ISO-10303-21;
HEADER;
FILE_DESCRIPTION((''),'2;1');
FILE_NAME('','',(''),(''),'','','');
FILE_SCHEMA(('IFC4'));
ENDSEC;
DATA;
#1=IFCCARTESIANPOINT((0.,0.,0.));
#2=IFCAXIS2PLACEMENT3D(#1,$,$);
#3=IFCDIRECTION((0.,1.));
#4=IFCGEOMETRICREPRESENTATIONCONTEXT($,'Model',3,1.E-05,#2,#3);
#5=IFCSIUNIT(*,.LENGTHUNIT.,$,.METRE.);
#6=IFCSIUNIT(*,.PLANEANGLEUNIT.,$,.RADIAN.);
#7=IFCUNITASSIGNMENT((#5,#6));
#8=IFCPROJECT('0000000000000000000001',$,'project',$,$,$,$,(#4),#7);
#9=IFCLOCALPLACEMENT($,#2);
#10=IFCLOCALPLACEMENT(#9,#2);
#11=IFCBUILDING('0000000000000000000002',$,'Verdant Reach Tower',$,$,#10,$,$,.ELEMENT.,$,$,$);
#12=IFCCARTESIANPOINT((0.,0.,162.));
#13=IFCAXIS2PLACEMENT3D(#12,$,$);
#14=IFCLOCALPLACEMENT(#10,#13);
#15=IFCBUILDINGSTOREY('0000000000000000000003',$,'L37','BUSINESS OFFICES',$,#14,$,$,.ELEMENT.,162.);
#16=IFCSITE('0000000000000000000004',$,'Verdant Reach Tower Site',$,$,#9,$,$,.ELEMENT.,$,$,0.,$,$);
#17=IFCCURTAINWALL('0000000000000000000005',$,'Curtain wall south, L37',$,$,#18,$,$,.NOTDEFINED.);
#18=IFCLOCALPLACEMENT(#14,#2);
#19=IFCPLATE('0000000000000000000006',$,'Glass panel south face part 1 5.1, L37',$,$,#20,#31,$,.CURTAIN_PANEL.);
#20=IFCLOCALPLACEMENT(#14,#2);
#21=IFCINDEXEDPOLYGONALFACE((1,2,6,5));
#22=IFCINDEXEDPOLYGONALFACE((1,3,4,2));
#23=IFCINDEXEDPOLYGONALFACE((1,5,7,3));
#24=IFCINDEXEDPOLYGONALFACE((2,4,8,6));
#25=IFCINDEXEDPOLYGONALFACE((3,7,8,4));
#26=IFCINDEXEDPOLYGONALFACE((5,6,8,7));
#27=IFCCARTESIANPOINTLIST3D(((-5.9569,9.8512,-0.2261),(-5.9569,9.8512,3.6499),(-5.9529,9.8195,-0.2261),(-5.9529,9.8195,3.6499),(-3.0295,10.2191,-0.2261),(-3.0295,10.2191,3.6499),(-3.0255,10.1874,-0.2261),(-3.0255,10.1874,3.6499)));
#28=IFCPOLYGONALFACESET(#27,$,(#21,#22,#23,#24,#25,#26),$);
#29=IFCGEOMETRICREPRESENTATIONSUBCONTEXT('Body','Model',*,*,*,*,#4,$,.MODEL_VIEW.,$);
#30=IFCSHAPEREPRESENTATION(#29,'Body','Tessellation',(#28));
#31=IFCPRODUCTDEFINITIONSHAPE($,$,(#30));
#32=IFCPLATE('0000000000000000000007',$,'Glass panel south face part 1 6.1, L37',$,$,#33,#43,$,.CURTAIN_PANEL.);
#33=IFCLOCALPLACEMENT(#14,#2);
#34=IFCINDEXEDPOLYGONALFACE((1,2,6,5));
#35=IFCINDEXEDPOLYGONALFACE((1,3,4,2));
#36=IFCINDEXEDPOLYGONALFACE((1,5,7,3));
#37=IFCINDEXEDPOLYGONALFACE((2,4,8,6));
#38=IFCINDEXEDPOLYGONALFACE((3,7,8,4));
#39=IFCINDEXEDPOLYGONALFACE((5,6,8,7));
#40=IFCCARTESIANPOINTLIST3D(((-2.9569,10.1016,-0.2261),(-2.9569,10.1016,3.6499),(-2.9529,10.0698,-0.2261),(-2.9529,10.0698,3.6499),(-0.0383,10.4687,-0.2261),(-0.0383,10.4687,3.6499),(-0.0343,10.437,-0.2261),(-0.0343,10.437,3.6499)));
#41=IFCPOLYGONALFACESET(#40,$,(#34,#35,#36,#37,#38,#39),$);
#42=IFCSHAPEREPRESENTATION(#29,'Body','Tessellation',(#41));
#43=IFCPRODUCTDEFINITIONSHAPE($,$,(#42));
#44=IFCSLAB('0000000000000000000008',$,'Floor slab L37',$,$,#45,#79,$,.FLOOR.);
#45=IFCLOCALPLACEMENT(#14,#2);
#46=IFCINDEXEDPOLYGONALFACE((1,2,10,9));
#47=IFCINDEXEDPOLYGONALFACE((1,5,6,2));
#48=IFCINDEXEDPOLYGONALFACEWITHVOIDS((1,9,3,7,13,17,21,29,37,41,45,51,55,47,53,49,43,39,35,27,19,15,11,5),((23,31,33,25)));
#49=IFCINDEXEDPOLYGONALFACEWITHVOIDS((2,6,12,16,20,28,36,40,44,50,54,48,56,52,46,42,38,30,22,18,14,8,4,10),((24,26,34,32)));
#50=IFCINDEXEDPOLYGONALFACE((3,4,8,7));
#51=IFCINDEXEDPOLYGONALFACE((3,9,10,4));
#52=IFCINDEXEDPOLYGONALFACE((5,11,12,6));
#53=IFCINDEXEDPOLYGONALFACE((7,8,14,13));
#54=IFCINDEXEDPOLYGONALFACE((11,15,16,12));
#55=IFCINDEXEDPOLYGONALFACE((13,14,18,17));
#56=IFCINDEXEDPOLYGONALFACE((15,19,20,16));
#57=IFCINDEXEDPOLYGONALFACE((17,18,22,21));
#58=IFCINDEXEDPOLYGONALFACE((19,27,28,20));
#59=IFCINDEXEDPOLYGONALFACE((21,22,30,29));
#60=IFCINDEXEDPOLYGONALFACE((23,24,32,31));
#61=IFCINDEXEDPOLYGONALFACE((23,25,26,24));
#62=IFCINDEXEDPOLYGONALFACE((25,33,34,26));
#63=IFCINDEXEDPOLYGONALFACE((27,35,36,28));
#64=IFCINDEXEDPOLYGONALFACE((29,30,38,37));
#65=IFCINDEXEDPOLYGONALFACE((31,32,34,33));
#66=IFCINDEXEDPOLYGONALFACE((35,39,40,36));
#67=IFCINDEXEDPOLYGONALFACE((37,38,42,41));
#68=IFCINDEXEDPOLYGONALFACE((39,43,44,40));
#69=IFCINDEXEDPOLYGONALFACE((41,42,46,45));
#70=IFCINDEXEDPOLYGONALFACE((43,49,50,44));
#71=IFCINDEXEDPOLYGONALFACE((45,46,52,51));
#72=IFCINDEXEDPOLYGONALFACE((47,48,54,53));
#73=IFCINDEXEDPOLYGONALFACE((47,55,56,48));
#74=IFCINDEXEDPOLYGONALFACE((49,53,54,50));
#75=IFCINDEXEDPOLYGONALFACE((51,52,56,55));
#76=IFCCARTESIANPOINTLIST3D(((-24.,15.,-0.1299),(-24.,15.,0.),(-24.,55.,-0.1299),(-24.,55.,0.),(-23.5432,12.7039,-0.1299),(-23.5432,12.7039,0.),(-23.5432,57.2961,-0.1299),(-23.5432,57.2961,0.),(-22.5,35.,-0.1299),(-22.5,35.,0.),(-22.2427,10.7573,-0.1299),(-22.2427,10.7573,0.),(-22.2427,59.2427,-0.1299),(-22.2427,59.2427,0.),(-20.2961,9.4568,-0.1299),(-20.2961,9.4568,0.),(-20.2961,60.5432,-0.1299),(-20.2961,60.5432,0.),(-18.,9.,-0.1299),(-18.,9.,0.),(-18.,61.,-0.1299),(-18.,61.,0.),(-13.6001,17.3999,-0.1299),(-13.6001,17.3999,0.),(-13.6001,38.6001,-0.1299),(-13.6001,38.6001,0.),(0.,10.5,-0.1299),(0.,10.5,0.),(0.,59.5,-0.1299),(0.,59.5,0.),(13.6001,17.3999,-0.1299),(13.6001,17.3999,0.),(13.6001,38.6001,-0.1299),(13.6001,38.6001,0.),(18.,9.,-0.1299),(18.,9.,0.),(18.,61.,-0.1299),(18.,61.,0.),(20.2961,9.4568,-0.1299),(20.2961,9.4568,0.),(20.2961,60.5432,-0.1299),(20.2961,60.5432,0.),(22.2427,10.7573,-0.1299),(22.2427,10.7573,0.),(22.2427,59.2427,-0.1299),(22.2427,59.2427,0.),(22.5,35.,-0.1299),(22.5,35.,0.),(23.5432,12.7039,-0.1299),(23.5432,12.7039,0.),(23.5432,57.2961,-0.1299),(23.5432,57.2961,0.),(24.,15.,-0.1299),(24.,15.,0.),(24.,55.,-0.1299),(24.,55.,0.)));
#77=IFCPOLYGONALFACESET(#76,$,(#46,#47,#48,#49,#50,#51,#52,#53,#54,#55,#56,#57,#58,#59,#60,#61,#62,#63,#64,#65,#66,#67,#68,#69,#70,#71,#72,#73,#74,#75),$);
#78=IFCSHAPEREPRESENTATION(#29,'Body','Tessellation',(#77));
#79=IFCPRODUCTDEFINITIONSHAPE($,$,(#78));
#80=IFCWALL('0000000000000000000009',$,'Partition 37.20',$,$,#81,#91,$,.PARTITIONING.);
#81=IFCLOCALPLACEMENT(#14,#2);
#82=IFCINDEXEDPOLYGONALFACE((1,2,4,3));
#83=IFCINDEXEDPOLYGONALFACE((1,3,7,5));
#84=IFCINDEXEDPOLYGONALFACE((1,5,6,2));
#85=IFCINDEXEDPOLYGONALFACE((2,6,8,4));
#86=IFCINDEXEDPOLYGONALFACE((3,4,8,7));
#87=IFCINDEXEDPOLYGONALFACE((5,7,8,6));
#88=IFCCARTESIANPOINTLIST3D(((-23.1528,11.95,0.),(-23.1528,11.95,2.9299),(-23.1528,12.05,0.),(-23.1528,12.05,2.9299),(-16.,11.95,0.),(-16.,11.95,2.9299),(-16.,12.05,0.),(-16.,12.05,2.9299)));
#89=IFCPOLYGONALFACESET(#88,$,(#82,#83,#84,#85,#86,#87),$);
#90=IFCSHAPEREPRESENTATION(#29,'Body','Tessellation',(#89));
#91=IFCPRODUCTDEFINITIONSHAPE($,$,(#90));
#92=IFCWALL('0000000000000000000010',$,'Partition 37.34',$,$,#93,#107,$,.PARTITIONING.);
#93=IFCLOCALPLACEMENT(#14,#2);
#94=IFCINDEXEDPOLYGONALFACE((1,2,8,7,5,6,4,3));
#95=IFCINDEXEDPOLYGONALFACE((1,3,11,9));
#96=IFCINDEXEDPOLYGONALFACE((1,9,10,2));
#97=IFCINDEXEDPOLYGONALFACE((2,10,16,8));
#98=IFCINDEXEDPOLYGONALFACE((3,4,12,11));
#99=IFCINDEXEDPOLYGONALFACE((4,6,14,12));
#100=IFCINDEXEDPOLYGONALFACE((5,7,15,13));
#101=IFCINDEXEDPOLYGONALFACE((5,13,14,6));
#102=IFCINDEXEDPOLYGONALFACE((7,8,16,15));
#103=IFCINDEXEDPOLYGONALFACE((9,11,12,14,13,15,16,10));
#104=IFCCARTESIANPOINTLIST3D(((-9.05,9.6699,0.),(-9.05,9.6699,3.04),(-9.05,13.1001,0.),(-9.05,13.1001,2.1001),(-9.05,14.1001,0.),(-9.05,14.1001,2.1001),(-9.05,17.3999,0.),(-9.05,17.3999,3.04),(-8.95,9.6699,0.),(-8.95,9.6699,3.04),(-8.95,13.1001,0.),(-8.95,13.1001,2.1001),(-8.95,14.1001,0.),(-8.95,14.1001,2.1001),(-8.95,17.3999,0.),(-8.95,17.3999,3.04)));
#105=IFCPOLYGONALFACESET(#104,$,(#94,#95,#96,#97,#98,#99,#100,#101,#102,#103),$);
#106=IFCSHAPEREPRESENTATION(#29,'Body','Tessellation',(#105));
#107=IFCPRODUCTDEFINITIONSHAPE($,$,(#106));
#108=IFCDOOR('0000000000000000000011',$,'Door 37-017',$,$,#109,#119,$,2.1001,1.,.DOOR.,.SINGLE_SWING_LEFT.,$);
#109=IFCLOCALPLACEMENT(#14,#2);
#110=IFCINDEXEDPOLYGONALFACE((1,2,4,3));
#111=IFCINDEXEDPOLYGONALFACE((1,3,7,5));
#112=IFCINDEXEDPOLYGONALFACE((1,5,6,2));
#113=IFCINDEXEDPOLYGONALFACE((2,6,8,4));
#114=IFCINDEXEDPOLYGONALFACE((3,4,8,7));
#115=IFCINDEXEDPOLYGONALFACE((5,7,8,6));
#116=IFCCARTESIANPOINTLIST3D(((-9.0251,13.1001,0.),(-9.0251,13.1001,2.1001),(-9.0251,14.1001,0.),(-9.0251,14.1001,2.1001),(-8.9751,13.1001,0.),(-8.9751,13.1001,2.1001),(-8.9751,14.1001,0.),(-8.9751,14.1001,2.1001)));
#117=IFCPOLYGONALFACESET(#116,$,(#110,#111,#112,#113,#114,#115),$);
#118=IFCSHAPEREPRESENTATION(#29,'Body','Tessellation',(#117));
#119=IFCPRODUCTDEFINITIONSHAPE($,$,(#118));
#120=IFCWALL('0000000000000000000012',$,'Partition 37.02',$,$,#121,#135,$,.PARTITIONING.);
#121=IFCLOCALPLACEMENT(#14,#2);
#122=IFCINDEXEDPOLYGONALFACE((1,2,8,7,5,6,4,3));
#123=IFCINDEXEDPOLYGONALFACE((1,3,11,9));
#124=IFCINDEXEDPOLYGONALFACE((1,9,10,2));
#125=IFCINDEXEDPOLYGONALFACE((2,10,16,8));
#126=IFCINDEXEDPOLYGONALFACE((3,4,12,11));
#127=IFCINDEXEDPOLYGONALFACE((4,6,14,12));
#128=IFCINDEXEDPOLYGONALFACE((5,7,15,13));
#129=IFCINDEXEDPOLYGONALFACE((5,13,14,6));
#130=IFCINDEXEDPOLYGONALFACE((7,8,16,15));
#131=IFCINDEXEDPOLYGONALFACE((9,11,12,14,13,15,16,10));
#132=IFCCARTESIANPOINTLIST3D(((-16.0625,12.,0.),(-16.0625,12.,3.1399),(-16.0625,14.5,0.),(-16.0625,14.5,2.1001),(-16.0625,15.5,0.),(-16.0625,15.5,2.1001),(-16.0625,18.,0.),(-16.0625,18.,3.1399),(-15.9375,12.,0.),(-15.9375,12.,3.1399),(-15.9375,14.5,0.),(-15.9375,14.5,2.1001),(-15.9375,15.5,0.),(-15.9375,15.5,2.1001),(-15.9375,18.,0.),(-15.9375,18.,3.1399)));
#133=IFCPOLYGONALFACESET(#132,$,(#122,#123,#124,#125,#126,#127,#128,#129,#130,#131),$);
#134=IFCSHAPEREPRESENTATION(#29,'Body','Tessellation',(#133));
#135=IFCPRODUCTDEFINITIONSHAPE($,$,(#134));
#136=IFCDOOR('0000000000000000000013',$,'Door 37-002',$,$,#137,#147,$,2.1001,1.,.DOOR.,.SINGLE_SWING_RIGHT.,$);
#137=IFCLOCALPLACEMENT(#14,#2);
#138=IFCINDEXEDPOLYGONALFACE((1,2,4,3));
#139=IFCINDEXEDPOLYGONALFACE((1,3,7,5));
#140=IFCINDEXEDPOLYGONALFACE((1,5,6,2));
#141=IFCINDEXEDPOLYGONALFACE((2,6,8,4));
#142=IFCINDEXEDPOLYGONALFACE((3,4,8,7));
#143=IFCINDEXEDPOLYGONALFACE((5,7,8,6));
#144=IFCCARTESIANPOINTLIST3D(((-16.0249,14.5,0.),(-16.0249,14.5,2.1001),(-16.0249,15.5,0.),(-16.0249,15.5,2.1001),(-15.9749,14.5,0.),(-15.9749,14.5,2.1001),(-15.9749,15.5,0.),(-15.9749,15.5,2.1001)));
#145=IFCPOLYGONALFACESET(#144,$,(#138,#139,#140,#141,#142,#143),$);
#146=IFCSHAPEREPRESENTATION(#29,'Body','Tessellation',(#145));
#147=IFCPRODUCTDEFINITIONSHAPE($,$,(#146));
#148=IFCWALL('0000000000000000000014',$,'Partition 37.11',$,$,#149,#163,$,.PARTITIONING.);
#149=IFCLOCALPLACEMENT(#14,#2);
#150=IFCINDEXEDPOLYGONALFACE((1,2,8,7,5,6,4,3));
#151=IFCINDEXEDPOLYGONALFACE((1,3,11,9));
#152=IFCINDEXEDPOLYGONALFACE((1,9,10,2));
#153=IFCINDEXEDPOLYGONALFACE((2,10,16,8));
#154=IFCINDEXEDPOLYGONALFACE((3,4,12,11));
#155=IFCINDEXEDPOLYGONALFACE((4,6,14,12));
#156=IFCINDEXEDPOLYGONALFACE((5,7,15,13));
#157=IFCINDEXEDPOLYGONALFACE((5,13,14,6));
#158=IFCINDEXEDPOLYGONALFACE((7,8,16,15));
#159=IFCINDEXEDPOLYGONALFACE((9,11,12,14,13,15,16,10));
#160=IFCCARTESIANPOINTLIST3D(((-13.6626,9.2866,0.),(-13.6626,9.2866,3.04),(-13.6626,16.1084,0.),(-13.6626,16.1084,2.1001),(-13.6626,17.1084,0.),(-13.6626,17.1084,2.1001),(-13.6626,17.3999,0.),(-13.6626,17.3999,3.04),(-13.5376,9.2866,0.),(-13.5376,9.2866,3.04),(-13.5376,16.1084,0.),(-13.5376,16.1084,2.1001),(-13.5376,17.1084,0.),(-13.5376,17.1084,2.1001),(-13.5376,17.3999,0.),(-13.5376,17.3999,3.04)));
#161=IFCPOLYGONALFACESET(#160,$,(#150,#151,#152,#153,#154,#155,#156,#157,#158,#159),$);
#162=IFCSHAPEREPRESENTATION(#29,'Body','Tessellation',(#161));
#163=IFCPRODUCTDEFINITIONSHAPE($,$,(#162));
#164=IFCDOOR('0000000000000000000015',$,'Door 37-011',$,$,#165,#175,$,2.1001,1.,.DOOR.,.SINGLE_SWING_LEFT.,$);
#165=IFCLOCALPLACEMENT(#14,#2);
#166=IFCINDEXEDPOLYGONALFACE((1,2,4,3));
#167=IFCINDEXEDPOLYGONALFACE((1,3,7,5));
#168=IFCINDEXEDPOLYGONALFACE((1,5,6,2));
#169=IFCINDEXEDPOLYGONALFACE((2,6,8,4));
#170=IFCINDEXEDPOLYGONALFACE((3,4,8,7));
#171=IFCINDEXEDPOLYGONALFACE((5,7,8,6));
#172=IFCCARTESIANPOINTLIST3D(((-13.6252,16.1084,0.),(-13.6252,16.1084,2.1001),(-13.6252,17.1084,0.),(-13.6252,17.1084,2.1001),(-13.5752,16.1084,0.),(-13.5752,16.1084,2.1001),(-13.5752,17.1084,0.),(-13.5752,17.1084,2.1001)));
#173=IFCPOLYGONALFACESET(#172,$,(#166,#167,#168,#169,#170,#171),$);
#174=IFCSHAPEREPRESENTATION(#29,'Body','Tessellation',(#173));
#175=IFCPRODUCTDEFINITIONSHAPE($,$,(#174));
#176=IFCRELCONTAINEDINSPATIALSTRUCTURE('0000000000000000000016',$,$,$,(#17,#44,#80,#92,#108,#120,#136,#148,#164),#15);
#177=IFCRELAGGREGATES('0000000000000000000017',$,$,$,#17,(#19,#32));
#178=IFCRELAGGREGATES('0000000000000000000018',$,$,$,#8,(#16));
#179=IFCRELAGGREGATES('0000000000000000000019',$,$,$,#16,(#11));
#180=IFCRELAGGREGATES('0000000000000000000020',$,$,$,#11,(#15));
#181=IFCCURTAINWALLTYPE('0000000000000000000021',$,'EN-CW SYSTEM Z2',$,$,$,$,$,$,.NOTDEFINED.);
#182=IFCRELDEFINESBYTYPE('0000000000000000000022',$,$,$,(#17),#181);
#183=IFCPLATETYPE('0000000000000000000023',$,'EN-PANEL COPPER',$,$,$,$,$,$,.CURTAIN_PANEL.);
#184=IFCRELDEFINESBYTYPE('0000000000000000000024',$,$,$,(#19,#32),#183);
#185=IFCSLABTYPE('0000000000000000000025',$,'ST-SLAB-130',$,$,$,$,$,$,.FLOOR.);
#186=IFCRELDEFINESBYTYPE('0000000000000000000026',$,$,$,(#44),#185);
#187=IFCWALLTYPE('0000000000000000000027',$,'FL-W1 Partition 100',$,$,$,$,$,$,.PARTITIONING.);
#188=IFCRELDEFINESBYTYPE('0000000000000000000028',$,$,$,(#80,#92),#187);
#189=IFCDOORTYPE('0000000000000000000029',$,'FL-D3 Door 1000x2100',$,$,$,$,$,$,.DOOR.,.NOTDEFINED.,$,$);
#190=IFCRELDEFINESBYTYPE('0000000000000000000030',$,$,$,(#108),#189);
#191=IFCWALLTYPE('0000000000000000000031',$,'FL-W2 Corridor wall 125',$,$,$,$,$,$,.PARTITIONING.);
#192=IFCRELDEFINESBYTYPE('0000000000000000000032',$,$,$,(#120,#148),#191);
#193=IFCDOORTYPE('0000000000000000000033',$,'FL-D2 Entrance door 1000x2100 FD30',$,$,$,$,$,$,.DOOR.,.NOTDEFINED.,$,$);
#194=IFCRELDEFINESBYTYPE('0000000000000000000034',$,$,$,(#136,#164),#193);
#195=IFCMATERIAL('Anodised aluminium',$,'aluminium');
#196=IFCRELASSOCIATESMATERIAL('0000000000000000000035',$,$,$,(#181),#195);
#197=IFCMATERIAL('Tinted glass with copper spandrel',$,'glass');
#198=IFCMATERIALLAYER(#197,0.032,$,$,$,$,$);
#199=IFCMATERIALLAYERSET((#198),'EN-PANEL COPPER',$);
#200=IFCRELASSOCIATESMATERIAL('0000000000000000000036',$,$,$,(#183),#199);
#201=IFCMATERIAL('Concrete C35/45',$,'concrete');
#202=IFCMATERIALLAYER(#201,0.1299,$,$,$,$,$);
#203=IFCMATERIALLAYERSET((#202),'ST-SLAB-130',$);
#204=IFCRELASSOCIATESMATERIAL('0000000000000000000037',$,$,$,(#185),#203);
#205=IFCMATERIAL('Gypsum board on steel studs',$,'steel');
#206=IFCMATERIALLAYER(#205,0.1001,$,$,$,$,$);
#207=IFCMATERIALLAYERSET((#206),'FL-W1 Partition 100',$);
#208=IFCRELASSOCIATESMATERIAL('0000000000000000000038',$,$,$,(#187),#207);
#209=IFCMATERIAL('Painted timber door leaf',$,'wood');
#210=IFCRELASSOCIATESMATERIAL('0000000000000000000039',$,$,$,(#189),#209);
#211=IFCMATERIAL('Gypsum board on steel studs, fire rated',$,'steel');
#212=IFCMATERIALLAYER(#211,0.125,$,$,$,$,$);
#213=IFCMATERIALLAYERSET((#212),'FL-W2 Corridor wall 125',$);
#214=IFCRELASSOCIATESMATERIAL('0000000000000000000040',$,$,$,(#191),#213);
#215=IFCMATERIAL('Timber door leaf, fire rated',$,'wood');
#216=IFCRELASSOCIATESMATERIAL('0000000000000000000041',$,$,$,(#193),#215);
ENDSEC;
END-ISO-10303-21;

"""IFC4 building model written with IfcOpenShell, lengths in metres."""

from ifc_helpers import new_model, si_unit, direction, frame, frame_2d, origin, origin_2d, place, context, subcontext, project, spatial, polyline, rectangle, outline, extrude, material, layer, layer_set, type_object, element, fill, aggregate, save


model = new_model("IFC4")

# Units and contexts
model_context = context("Model", 3, precision=1e-05, world=origin(), true_north=direction((0.0, 1.0)))
body_context = subcontext(model_context, "Body", "Model", "MODEL_VIEW")
ifc_project = project(units=[si_unit("LENGTHUNIT", "METRE"), si_unit("PLANEANGLEUNIT", "RADIAN")], contexts=[model_context])

# Site, building, storey
site_placement = place(None, origin())
site = spatial("IfcSite", under=ifc_project, at=site_placement, Name="Verdant Reach Tower Site", CompositionType="ELEMENT", RefElevation=0.0)
building_placement = place(site_placement, origin())
building = spatial("IfcBuilding", under=site, at=building_placement, Name="Verdant Reach Tower", CompositionType="ELEMENT")
storey_placement = place(building_placement, frame((0.0, 0.0, 162.0)))
storey = spatial("IfcBuildingStorey", under=building, at=storey_placement, Name="L37", Description="BUSINESS OFFICES", CompositionType="ELEMENT", Elevation=162.0)

# Curtain wall
ifc_material_1 = material(Name="Anodised aluminium", Category="aluminium")
curtain_wall_type = type_object("IfcCurtainWallType", Name="EN-CW SYSTEM Z2", PredefinedType="NOTDEFINED", material=ifc_material_1)
curtain_wall_placement = place(storey_placement, origin())
curtain_wall = element("IfcCurtainWall", 1, at=curtain_wall_placement, inside=storey, type_object=curtain_wall_type, Name="Curtain wall south, L37", PredefinedType="NOTDEFINED")

# Plates
ifc_material_2 = material(Name="Tinted glass with copper spandrel", Category="glass")
ifc_layer_1 = layer(ifc_material_2, 0.032)
ifc_layer_set_1 = layer_set([ifc_layer_1], Name="EN-PANEL COPPER")
plate_type_1 = type_object("IfcPlateType", Name="EN-PANEL COPPER", PredefinedType="CURTAIN_PANEL", material=ifc_layer_set_1)
plate_1_placement = place(storey_placement, frame((-4.4912, 10.0193, -0.2261), z_axis=(0.0, 0.0, 1.0), x_axis=(0.992194, 0.124704, 0.0)))
plate_1 = element("IfcPlate", 2, at=plate_1_placement, type_object=plate_type_1, Name="Glass panel south face part 1 5.1, L37", PredefinedType="CURTAIN_PANEL", context=body_context, shape_type="SweptSolid", body=[
    extrude(rectangle(XDim=2.9504, YDim=0.032, at=origin_2d()), origin(), (0.0, 0.0, 1.0), 3.876),
])
plate_2_placement = place(storey_placement, frame((-1.4956, 10.2693, -0.2261), z_axis=(0.0, 0.0, 1.0), x_axis=(0.992179, 0.124825, 0.0)))
plate_2 = element("IfcPlate", 3, at=plate_2_placement, type_object=plate_type_1, Name="Glass panel south face part 1 6.1, L37", PredefinedType="CURTAIN_PANEL", context=body_context, shape_type="SweptSolid", body=[
    extrude(rectangle(XDim=2.9417, YDim=0.032, at=origin_2d()), origin(), (0.0, 0.0, 1.0), 3.876),
])
aggregate(curtain_wall, [plate_1, plate_2])

# Slab
ifc_material_3 = material(Name="Concrete C35/45", Category="concrete")
ifc_layer_2 = layer(ifc_material_3, 0.1299)
ifc_layer_set_2 = layer_set([ifc_layer_2], Name="ST-SLAB-130")
slab_type = type_object("IfcSlabType", Name="ST-SLAB-130", PredefinedType="FLOOR", material=ifc_layer_set_2)
slab_placement = place(storey_placement, frame((0.0, 0.0, -0.1299)))
element("IfcSlab", 4, at=slab_placement, inside=storey, type_object=slab_type, Name="Floor slab L37", PredefinedType="FLOOR", context=body_context, shape_type="SweptSolid", body=[
    extrude(outline(polyline([(0.0, 10.5), (-18.0, 9.0), (-20.2961, 9.4568), (-22.2427, 10.7573), (-23.5432, 12.7039), (-24.0, 15.0), (-22.5, 35.0), (-24.0, 55.0), (-23.5432, 57.2961), (-22.2427, 59.2427), (-20.2961, 60.5432), (-18.0, 61.0), (0.0, 59.5), (18.0, 61.0), (20.2961, 60.5432), (22.2427, 59.2427), (23.5432, 57.2961), (24.0, 55.0), (22.5, 35.0), (24.0, 15.0), (23.5432, 12.7039), (22.2427, 10.7573), (20.2961, 9.4568), (18.0, 9.0), (0.0, 10.5)]), holes=[polyline([(13.6001, 38.6001), (-13.6001, 38.6001), (-13.6001, 17.3999), (13.6001, 17.3999), (13.6001, 38.6001)])]), origin(), (0.0, 0.0, 1.0), 0.1299),
])

# Wall
ifc_material_4 = material(Name="Gypsum board on steel studs", Category="steel")
ifc_layer_3 = layer(ifc_material_4, 0.1001)
ifc_layer_set_3 = layer_set([ifc_layer_3], Name="FL-W1 Partition 100")
wall_type_1 = type_object("IfcWallType", Name="FL-W1 Partition 100", PredefinedType="PARTITIONING", material=ifc_layer_set_3)
wall_1_placement = place(storey_placement, frame((-16.0, 12.0, 0.0), z_axis=(0.0, 0.0, 1.0), x_axis=(-1.0, 0.0, 0.0)))
element("IfcWall", 5, at=wall_1_placement, inside=storey, type_object=wall_type_1, Name="Partition 37.20", PredefinedType="PARTITIONING", context=body_context, shape_type="SweptSolid", body=[
    extrude(rectangle(XDim=7.1528, YDim=0.1001, at=frame_2d((3.5764, 0.0))), origin(), (0.0, 0.0, 1.0), 2.9299),
])

# Walls, openings, doors
wall_2_placement = place(storey_placement, frame((-9.0, 17.3999, 0.0), z_axis=(0.0, 0.0, 1.0), x_axis=(0.0, -1.0, 0.0)))
wall_2 = element("IfcWall", 6, at=wall_2_placement, inside=storey, type_object=wall_type_1, Name="Partition 37.34", PredefinedType="PARTITIONING", context=body_context, shape_type="SweptSolid", body=[
    extrude(rectangle(XDim=7.73, YDim=0.1001, at=frame_2d((3.865, 0.0))), origin(), (0.0, 0.0, 1.0), 3.04),
])
opening_1_placement = place(wall_2_placement, frame((3.2998, 0.0, 0.0)))
opening_1 = element("IfcOpeningElement", 7, at=opening_1_placement, cuts=wall_2, PredefinedType="OPENING", context=body_context, shape_type="SweptSolid", body=[
    extrude(rectangle(XDim=1.0, YDim=2.1001, at=frame_2d((0.5, 1.05))), frame((0.0, 0.0601, 0.0), z_axis=(0.0, -1.0, 0.0), x_axis=(1.0, 0.0, 0.0)), (0.0, 0.0, 1.0), 0.1201),
])
ifc_material_5 = material(Name="Painted timber door leaf", Category="wood")
door_type_1 = type_object("IfcDoorType", Name="FL-D3 Door 1000x2100", OperationType="NOTDEFINED", PredefinedType="DOOR", material=ifc_material_5)
door_1_placement = place(opening_1_placement, origin())
door_1 = element("IfcDoor", 8, at=door_1_placement, inside=storey, type_object=door_type_1, Name="Door 37-017", OperationType="SINGLE_SWING_LEFT", OverallHeight=2.1001, OverallWidth=1.0, PredefinedType="DOOR", context=body_context, shape_type="SweptSolid", body=[
    extrude(rectangle(XDim=1.0, YDim=2.1001, at=frame_2d((0.5, 1.05))), frame((0.0, 0.0249, 0.0), z_axis=(0.0, -1.0, 0.0), x_axis=(1.0, 0.0, 0.0)), (0.0, 0.0, 1.0), 0.05),
])
fill(opening_1, door_1)
ifc_material_6 = material(Name="Gypsum board on steel studs, fire rated", Category="steel")
ifc_layer_4 = layer(ifc_material_6, 0.125)
ifc_layer_set_4 = layer_set([ifc_layer_4], Name="FL-W2 Corridor wall 125")
wall_type_2 = type_object("IfcWallType", Name="FL-W2 Corridor wall 125", PredefinedType="PARTITIONING", material=ifc_layer_set_4)
wall_3_placement = place(storey_placement, frame((-16.0, 12.0, 0.0), z_axis=(0.0, 0.0, 1.0), x_axis=(0.0, 1.0, 0.0)))
wall_3 = element("IfcWall", 9, at=wall_3_placement, inside=storey, type_object=wall_type_2, Name="Partition 37.02", PredefinedType="PARTITIONING", context=body_context, shape_type="SweptSolid", body=[
    extrude(rectangle(XDim=6.0, YDim=0.125, at=frame_2d((3.0, 0.0))), origin(), (0.0, 0.0, 1.0), 3.1399),
])
opening_2_placement = place(wall_3_placement, frame((2.5, 0.0, 0.0)))
opening_2 = element("IfcOpeningElement", 10, at=opening_2_placement, cuts=wall_3, PredefinedType="OPENING", context=body_context, shape_type="SweptSolid", body=[
    extrude(rectangle(XDim=1.0, YDim=2.1001, at=frame_2d((0.5, 1.05))), frame((0.0, 0.0725, 0.0), z_axis=(0.0, -1.0, 0.0), x_axis=(1.0, 0.0, 0.0)), (0.0, 0.0, 1.0), 0.145),
])
ifc_material_7 = material(Name="Timber door leaf, fire rated", Category="wood")
door_type_2 = type_object("IfcDoorType", Name="FL-D2 Entrance door 1000x2100 FD30", OperationType="NOTDEFINED", PredefinedType="DOOR", material=ifc_material_7)
door_2_placement = place(opening_2_placement, origin())
door_2 = element("IfcDoor", 11, at=door_2_placement, inside=storey, type_object=door_type_2, Name="Door 37-002", OperationType="SINGLE_SWING_RIGHT", OverallHeight=2.1001, OverallWidth=1.0, PredefinedType="DOOR", context=body_context, shape_type="SweptSolid", body=[
    extrude(rectangle(XDim=1.0, YDim=2.1001, at=frame_2d((0.5, 1.05))), frame((0.0, 0.0249, 0.0), z_axis=(0.0, -1.0, 0.0), x_axis=(1.0, 0.0, 0.0)), (0.0, 0.0, 1.0), 0.05),
])
fill(opening_2, door_2)
wall_4_placement = place(storey_placement, frame((-13.6001, 17.3999, 0.0), z_axis=(0.0, 0.0, 1.0), x_axis=(0.0, -1.0, 0.0)))
wall_4 = element("IfcWall", 12, at=wall_4_placement, inside=storey, type_object=wall_type_2, Name="Partition 37.11", PredefinedType="PARTITIONING", context=body_context, shape_type="SweptSolid", body=[
    extrude(rectangle(XDim=8.1133, YDim=0.125, at=frame_2d((4.0566, 0.0))), origin(), (0.0, 0.0, 1.0), 3.04),
])
opening_3_placement = place(wall_4_placement, frame((0.2915, 0.0, 0.0)))
opening_3 = element("IfcOpeningElement", 13, at=opening_3_placement, cuts=wall_4, PredefinedType="OPENING", context=body_context, shape_type="SweptSolid", body=[
    extrude(rectangle(XDim=1.0, YDim=2.1001, at=frame_2d((0.5, 1.05))), frame((0.0, 0.0725, 0.0), z_axis=(0.0, -1.0, 0.0), x_axis=(1.0, 0.0, 0.0)), (0.0, 0.0, 1.0), 0.145),
])
door_3_placement = place(opening_3_placement, origin())
door_3 = element("IfcDoor", 14, at=door_3_placement, inside=storey, type_object=door_type_2, Name="Door 37-011", OperationType="SINGLE_SWING_LEFT", OverallHeight=2.1001, OverallWidth=1.0, PredefinedType="DOOR", context=body_context, shape_type="SweptSolid", body=[
    extrude(rectangle(XDim=1.0, YDim=2.1001, at=frame_2d((0.5, 1.05))), frame((0.0, 0.0249, 0.0), z_axis=(0.0, -1.0, 0.0), x_axis=(1.0, 0.0, 0.0)), (0.0, 0.0, 1.0), 0.05),
])
fill(opening_3, door_3)

save(model, "model.ifc")
